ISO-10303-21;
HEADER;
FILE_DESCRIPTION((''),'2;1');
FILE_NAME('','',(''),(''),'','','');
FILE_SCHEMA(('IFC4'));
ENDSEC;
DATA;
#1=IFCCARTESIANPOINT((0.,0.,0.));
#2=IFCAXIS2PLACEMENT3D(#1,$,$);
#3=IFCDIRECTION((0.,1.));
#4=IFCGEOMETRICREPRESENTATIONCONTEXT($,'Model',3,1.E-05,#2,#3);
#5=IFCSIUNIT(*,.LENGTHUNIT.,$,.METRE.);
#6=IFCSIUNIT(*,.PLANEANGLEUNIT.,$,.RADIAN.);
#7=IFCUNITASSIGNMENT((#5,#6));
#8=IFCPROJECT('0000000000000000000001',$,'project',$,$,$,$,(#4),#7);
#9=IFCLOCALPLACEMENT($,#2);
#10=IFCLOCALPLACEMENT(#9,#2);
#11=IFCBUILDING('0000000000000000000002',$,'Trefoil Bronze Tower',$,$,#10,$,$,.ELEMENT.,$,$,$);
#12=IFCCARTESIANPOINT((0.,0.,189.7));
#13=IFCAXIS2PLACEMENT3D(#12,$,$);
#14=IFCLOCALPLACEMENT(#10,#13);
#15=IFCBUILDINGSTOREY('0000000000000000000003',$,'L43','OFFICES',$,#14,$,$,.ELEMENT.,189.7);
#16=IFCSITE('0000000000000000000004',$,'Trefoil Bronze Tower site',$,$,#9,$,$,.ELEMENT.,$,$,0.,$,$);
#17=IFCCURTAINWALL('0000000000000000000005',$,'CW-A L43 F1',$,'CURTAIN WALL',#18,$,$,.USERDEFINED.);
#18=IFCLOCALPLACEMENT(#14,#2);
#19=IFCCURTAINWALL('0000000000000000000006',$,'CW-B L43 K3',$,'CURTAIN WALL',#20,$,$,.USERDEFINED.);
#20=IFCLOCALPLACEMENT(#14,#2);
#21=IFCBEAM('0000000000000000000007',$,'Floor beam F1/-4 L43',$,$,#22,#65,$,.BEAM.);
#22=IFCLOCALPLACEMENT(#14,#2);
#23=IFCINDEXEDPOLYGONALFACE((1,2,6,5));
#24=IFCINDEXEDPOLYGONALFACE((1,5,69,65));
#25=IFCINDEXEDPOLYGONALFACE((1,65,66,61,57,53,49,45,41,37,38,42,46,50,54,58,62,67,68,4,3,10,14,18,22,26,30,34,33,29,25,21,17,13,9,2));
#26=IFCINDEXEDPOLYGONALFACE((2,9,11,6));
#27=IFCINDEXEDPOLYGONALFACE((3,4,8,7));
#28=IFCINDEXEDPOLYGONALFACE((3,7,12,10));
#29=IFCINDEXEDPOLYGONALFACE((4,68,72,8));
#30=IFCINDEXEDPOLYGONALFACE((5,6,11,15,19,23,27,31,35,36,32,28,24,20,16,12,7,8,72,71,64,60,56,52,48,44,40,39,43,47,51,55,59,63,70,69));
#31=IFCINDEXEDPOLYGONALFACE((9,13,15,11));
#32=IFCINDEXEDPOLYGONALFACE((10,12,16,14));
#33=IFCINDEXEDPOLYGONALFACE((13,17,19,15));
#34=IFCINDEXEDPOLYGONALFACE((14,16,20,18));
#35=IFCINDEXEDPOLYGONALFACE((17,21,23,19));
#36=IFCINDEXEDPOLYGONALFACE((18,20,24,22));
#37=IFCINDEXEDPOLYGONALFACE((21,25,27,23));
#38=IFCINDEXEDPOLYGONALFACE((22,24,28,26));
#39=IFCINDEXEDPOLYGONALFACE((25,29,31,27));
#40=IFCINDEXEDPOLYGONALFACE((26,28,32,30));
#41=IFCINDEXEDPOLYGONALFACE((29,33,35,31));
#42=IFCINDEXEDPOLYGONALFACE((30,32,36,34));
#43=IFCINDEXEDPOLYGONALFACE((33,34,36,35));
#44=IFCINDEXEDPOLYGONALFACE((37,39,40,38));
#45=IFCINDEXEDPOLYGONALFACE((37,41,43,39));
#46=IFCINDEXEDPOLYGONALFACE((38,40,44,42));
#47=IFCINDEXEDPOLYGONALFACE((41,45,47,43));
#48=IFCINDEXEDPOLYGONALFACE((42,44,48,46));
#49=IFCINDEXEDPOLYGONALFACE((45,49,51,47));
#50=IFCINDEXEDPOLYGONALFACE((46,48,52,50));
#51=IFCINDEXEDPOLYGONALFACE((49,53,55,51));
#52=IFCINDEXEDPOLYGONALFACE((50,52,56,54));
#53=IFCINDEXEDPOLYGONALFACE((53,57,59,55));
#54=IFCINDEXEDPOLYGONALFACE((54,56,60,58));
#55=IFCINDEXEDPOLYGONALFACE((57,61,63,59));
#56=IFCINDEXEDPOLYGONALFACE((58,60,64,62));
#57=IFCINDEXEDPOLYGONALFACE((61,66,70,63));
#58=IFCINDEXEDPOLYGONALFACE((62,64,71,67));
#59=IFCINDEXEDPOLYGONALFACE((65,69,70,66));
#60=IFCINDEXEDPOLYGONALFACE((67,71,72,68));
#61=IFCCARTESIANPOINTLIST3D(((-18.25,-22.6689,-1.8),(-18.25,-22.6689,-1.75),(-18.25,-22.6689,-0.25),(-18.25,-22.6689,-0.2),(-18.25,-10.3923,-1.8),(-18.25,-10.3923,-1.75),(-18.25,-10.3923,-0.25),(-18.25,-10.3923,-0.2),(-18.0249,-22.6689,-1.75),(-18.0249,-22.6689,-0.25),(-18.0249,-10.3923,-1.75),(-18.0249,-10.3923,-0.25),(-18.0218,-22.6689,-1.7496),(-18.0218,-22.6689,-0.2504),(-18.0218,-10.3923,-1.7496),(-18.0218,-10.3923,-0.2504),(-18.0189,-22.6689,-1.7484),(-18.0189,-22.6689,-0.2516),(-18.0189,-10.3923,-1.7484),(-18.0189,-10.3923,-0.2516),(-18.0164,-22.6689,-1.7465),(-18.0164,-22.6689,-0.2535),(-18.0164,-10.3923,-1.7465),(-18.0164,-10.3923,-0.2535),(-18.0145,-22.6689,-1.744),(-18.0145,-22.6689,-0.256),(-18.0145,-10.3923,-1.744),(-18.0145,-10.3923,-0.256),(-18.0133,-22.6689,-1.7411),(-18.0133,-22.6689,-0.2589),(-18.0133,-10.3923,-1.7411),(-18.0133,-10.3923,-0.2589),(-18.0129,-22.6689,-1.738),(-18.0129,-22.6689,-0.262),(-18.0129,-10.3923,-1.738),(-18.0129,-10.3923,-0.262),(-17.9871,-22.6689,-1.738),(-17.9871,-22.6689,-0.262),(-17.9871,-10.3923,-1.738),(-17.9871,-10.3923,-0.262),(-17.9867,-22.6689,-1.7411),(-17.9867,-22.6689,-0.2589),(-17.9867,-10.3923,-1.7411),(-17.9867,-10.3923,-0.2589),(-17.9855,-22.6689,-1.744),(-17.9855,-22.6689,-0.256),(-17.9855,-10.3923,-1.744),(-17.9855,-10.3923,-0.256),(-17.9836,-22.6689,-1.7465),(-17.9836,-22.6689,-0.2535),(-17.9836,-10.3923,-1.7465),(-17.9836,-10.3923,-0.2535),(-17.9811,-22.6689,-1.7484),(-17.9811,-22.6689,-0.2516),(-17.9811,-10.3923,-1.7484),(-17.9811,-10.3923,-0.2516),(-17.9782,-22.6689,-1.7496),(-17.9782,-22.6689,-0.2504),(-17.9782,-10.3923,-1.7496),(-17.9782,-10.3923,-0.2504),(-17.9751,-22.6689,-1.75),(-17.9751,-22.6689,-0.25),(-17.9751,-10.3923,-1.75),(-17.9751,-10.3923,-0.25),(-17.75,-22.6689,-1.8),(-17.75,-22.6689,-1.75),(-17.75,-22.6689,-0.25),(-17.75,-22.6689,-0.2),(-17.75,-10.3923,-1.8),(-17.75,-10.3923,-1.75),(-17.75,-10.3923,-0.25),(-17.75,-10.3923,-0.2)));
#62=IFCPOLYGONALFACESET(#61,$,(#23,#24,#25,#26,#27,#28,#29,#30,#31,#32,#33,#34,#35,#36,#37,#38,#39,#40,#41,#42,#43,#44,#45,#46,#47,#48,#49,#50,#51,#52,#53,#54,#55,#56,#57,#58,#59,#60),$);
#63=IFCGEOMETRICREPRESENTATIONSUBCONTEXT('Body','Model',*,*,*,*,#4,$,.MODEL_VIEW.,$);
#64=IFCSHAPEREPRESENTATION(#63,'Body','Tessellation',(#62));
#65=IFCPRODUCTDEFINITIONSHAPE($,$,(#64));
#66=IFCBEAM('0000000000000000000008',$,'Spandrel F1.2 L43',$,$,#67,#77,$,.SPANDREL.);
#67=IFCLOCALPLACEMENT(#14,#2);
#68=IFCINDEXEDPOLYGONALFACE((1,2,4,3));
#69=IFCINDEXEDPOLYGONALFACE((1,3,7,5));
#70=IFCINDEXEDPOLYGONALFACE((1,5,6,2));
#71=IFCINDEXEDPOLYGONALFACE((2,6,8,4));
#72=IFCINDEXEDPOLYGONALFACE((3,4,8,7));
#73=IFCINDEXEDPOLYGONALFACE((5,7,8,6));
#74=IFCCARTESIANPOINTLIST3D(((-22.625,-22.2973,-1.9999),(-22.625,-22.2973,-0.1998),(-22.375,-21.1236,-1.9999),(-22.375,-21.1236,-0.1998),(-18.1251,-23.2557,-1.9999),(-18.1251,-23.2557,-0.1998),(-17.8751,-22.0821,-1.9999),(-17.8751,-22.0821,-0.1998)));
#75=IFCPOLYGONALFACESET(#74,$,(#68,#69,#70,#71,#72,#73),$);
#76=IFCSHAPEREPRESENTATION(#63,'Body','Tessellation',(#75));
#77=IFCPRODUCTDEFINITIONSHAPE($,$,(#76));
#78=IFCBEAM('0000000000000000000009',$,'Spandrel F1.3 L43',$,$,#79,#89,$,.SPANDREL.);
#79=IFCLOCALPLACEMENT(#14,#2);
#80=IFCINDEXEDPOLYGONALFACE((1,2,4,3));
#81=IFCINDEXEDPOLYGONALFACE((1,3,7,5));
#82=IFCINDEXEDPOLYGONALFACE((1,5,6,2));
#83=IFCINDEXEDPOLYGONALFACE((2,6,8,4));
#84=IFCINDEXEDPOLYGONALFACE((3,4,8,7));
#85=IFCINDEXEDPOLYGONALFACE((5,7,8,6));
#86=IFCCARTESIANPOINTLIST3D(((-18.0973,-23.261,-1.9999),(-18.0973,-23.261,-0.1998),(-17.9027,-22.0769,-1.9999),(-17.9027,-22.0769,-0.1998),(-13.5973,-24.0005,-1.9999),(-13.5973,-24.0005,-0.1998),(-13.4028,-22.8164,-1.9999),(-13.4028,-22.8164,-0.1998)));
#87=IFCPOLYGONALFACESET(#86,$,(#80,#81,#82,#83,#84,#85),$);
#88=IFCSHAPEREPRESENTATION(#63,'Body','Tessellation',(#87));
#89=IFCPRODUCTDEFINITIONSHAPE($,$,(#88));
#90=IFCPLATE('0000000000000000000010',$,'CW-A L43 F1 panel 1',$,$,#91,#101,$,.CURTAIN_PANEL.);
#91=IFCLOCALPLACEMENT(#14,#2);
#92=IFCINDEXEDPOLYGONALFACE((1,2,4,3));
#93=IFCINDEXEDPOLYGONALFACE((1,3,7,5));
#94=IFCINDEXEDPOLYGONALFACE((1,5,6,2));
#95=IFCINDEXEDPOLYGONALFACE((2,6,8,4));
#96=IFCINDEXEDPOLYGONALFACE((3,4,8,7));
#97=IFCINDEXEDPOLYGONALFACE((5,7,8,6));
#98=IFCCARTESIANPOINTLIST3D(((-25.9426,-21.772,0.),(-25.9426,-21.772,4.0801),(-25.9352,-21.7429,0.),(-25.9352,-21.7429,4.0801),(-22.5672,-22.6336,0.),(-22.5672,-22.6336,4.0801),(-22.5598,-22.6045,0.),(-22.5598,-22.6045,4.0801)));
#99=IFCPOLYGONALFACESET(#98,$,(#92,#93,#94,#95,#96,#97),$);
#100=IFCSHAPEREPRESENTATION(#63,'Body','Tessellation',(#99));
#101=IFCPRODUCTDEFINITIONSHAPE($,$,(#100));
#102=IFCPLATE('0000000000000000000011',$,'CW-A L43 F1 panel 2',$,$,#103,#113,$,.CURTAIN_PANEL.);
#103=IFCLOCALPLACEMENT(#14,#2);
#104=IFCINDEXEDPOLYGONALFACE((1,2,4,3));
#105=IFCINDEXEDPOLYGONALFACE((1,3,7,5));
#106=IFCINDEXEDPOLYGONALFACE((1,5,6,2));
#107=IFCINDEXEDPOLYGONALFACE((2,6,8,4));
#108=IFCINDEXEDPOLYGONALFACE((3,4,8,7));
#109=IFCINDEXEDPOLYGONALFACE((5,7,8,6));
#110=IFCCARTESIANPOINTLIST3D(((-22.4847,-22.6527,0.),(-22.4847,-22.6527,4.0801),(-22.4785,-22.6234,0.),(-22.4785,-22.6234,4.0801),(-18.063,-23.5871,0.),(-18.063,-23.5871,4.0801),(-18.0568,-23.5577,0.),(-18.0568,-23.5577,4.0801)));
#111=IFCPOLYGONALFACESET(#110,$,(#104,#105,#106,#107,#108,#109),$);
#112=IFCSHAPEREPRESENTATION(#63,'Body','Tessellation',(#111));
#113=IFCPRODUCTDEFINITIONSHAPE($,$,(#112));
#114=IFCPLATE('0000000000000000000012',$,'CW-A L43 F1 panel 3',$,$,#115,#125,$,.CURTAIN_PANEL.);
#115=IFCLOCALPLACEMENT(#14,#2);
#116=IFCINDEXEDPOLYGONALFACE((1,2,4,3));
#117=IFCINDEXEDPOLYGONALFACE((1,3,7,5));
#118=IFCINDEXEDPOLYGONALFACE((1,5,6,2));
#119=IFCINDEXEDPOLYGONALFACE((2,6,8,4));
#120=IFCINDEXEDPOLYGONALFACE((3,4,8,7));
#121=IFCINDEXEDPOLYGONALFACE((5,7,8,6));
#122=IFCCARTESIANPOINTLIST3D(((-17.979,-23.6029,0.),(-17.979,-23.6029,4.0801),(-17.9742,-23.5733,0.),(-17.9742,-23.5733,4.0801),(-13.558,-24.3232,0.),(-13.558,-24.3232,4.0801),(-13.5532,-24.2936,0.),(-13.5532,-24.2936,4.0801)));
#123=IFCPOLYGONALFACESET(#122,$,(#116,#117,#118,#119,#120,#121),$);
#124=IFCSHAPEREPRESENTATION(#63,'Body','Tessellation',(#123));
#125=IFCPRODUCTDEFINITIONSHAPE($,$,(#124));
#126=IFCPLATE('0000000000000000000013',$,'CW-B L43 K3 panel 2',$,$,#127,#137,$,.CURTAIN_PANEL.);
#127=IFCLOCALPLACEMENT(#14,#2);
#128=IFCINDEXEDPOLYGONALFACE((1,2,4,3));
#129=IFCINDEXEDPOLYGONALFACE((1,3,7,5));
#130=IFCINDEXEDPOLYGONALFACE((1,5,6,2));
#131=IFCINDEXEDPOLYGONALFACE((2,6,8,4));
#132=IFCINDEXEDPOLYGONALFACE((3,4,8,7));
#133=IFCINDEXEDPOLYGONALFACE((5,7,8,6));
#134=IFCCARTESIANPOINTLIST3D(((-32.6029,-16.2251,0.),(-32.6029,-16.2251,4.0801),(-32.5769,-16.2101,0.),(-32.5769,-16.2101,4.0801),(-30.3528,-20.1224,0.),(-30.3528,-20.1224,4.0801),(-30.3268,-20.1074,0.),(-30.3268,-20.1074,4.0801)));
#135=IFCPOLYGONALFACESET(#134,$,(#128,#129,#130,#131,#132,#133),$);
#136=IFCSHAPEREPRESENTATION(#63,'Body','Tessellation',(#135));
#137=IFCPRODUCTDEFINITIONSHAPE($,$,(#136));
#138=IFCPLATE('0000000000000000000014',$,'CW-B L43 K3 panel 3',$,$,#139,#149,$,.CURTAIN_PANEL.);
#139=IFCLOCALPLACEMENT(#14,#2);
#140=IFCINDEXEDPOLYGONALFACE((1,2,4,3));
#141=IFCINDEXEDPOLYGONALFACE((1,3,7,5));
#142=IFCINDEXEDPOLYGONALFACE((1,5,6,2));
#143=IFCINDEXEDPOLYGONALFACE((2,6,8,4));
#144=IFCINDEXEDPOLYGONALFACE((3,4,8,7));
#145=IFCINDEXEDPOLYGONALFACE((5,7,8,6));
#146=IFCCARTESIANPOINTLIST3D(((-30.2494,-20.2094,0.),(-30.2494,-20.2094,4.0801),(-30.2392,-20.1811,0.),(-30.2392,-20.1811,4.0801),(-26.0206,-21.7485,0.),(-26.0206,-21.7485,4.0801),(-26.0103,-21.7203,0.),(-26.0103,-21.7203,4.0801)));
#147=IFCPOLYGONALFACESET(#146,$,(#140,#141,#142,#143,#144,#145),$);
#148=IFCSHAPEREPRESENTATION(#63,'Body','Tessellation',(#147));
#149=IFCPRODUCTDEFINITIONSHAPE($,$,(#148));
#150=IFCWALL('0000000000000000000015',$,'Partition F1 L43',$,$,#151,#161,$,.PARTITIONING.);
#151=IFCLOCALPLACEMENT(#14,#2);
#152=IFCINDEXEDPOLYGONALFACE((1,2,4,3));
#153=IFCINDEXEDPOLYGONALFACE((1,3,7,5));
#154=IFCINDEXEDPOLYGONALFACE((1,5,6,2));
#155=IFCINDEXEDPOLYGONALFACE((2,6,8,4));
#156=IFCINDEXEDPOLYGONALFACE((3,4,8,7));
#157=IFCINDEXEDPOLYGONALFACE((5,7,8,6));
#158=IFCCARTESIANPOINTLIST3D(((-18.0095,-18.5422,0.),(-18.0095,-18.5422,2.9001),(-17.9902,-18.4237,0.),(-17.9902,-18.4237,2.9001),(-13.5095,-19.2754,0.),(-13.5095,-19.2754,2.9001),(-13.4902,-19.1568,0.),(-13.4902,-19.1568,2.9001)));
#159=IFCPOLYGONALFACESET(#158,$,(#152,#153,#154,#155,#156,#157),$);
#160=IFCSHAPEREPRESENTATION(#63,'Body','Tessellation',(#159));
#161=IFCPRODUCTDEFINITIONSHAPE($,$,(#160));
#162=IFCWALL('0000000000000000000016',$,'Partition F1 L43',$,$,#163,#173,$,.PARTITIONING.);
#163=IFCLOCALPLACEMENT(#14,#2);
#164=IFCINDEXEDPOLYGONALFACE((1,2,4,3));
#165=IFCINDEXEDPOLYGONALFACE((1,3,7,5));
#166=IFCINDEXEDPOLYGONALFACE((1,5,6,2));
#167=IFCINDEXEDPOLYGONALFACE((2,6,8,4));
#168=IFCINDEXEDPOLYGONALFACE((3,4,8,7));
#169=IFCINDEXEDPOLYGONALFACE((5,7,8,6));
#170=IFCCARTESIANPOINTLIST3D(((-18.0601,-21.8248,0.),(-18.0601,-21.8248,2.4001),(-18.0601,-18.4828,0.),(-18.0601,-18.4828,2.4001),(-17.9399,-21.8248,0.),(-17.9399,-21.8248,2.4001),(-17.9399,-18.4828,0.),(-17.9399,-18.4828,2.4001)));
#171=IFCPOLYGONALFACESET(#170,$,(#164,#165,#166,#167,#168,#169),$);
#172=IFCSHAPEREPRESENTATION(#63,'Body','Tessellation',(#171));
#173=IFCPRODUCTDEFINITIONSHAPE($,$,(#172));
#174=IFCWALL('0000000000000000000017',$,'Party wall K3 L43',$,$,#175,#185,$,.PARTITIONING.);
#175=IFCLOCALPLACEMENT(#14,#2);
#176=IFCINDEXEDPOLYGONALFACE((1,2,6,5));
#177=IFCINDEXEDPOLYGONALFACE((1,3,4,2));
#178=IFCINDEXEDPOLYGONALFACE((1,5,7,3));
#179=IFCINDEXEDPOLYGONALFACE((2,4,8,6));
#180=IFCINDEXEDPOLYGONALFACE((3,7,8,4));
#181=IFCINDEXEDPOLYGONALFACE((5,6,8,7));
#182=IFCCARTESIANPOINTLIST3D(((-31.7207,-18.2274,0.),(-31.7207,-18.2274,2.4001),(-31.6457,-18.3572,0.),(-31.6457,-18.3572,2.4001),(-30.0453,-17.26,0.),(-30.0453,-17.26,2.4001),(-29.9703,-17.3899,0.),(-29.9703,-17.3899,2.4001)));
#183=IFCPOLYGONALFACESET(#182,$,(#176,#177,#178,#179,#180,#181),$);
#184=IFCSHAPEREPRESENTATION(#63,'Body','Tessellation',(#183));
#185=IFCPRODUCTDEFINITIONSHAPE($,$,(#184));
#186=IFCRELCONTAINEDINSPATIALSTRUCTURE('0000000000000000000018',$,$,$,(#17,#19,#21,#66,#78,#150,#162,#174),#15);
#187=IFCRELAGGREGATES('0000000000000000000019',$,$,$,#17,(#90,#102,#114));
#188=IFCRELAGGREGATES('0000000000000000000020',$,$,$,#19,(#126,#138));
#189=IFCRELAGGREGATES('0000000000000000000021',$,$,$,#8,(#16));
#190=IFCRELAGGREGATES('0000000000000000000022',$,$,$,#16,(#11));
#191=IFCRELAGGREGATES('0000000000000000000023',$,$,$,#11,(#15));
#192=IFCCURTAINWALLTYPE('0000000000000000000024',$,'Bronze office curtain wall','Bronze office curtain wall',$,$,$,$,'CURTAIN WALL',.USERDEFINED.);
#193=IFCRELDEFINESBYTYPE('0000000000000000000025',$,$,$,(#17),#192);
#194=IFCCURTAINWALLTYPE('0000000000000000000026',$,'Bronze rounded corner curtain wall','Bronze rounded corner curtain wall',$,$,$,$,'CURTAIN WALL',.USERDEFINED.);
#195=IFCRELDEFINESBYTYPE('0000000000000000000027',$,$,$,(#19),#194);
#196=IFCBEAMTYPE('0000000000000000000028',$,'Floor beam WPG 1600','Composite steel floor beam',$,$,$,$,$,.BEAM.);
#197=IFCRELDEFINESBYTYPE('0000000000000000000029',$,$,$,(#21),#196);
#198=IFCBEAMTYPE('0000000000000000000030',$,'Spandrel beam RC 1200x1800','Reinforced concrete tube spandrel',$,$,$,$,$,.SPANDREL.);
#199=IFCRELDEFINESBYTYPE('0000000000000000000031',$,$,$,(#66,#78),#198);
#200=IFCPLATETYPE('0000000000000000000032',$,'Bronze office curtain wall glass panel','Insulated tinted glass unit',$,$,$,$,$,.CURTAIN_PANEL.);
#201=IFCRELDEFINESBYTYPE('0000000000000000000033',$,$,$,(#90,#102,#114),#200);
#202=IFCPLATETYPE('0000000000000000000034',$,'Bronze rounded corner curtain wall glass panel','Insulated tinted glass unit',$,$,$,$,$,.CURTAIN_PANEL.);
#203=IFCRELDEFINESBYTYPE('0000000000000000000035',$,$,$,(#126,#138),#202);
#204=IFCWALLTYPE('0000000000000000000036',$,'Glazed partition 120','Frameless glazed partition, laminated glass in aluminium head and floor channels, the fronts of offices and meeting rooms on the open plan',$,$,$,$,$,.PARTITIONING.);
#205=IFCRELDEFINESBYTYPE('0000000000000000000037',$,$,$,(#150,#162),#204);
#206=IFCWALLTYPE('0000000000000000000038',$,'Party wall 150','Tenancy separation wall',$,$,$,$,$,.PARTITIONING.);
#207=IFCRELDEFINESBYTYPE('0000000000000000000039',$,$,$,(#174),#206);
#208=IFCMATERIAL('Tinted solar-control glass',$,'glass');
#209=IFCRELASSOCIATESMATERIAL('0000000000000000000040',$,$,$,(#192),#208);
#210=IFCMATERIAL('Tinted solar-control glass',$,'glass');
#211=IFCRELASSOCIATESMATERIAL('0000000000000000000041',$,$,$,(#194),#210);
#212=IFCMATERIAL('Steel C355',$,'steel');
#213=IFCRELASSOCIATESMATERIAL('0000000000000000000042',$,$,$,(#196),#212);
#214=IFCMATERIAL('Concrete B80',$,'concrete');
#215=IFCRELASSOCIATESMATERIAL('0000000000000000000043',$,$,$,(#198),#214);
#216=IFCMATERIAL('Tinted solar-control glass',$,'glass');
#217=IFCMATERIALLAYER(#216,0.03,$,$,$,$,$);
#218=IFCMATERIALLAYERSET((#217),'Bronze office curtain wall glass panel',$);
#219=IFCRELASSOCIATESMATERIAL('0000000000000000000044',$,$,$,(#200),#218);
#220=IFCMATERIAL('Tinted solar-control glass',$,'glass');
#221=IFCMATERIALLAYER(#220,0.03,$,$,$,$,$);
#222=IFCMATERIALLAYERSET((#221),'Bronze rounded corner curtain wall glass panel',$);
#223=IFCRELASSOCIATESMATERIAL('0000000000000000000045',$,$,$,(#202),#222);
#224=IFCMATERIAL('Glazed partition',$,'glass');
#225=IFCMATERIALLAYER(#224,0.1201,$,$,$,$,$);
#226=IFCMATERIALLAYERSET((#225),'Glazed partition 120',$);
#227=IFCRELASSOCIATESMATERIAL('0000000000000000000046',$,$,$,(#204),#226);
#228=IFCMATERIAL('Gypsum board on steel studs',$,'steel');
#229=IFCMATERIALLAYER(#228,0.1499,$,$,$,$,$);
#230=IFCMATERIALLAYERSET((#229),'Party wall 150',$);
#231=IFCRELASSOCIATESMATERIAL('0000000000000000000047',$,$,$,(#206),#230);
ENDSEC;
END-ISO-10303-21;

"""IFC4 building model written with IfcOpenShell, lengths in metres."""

from ifc_helpers import new_model, si_unit, direction, frame, frame_2d, origin, origin_2d, place, context, subcontext, project, spatial, rectangle, i_section, extrude, material, layer, layer_set, material_profile, profile_set, type_object, element, aggregate, save


model = new_model("IFC4")

# Units and contexts
model_context = context("Model", 3, precision=1e-05, world=origin(), true_north=direction((0.0, 1.0)))
body_context = subcontext(model_context, "Body", "Model", "MODEL_VIEW")
ifc_project = project(units=[si_unit("LENGTHUNIT", "METRE"), si_unit("PLANEANGLEUNIT", "RADIAN")], contexts=[model_context])

# Site, building, storey
site_placement = place(None, origin())
site = spatial("IfcSite", under=ifc_project, at=site_placement, Name="Trefoil Bronze Tower site", CompositionType="ELEMENT", RefElevation=0.0)
building_placement = place(site_placement, origin())
building = spatial("IfcBuilding", under=site, at=building_placement, Name="Trefoil Bronze Tower", CompositionType="ELEMENT")
storey_placement = place(building_placement, frame((0.0, 0.0, 189.7)))
storey = spatial("IfcBuildingStorey", under=building, at=storey_placement, Name="L43", Description="OFFICES", CompositionType="ELEMENT", Elevation=189.7)

# Curtain walls
ifc_material_1 = material(Name="Tinted solar-control glass", Category="glass")
curtain_wall_type_1 = type_object("IfcCurtainWallType", Name="Bronze office curtain wall", Description="Bronze office curtain wall", ElementType="CURTAIN WALL", PredefinedType="USERDEFINED", material=ifc_material_1)
curtain_wall_1_placement = place(storey_placement, origin())
curtain_wall_1 = element("IfcCurtainWall", 1, at=curtain_wall_1_placement, inside=storey, type_object=curtain_wall_type_1, Name="CW-A L43 F1", ObjectType="CURTAIN WALL", PredefinedType="USERDEFINED")
ifc_material_2 = material(Name="Tinted solar-control glass", Category="glass")
curtain_wall_type_2 = type_object("IfcCurtainWallType", Name="Bronze rounded corner curtain wall", Description="Bronze rounded corner curtain wall", ElementType="CURTAIN WALL", PredefinedType="USERDEFINED", material=ifc_material_2)
curtain_wall_2_placement = place(storey_placement, origin())
curtain_wall_2 = element("IfcCurtainWall", 2, at=curtain_wall_2_placement, inside=storey, type_object=curtain_wall_type_2, Name="CW-B L43 K3", ObjectType="CURTAIN WALL", PredefinedType="USERDEFINED")

# Beams
ifc_material_3 = material(Name="Steel C355", Category="steel")
ifc_material_profile_1 = material_profile(ifc_material_3, i_section(OverallWidth=0.5, OverallDepth=1.6001, WebThickness=0.0259, FlangeThickness=0.05, FilletRadius=0.012, at=origin_2d()), Name="WPG 1600")
ifc_profile_set_1 = profile_set([ifc_material_profile_1], Name="Steel C355")
beam_type_1 = type_object("IfcBeamType", Name="Floor beam WPG 1600", Description="Composite steel floor beam", PredefinedType="BEAM", material=ifc_profile_set_1)
beam_1_placement = place(storey_placement, frame((-18.0, -22.6689, -1.0), z_axis=(0.0, 1.0, 0.0), x_axis=(-1.0, 0.0, 0.0)))
element("IfcBeam", 3, at=beam_1_placement, inside=storey, type_object=beam_type_1, Name="Floor beam F1/-4 L43", PredefinedType="BEAM", context=body_context, shape_type="SweptSolid", body=[
    extrude(i_section(OverallWidth=0.5, OverallDepth=1.6001, WebThickness=0.0259, FlangeThickness=0.05, FilletRadius=0.012, at=origin_2d()), origin(), (0.0, 0.0, 1.0), 12.2766),
])
ifc_material_4 = material(Name="Concrete B80", Category="concrete")
ifc_material_profile_2 = material_profile(ifc_material_4, rectangle(XDim=1.2, YDim=1.8, at=origin_2d()), Name="RC 1200x1800")
ifc_profile_set_2 = profile_set([ifc_material_profile_2], Name="Concrete B80")
beam_type_2 = type_object("IfcBeamType", Name="Spandrel beam RC 1200x1800", Description="Reinforced concrete tube spandrel", PredefinedType="SPANDREL", material=ifc_profile_set_2)
beam_2_placement = place(storey_placement, frame((-22.5, -21.7104, -1.0999), z_axis=(0.978059, -0.208326, 0.0), x_axis=(0.208326, 0.978059, 0.0)))
element("IfcBeam", 4, at=beam_2_placement, inside=storey, type_object=beam_type_2, Name="Spandrel F1.2 L43", PredefinedType="SPANDREL", context=body_context, shape_type="SweptSolid", body=[
    extrude(rectangle(XDim=1.2, YDim=1.8, at=origin_2d()), origin(), (0.0, 0.0, 1.0), 4.6008),
])
beam_3_placement = place(storey_placement, frame((-18.0, -22.6689, -1.0999), z_axis=(0.986765, -0.162159, 0.0), x_axis=(0.162159, 0.986765, 0.0)))
element("IfcBeam", 5, at=beam_3_placement, inside=storey, type_object=beam_type_2, Name="Spandrel F1.3 L43", PredefinedType="SPANDREL", context=body_context, shape_type="SweptSolid", body=[
    extrude(rectangle(XDim=1.2, YDim=1.8, at=origin_2d()), origin(), (0.0, 0.0, 1.0), 4.5603),
])

# Plates
ifc_material_5 = material(Name="Tinted solar-control glass", Category="glass")
ifc_layer_1 = layer(ifc_material_5, 0.03)
ifc_layer_set_1 = layer_set([ifc_layer_1], Name="Bronze office curtain wall glass panel")
plate_type_1 = type_object("IfcPlateType", Name="Bronze office curtain wall glass panel", Description="Insulated tinted glass unit", PredefinedType="CURTAIN_PANEL", material=ifc_layer_set_1)
plate_1_placement = place(storey_placement, frame((-24.2512, -22.1882, 0.0), z_axis=(0.0, 0.0, 1.0), x_axis=(0.968934, -0.247319, 0.0)))
plate_1 = element("IfcPlate", 6, at=plate_1_placement, type_object=plate_type_1, Name="CW-A L43 F1 panel 1", PredefinedType="CURTAIN_PANEL", context=body_context, shape_type="SweptSolid", body=[
    extrude(rectangle(XDim=3.4836, YDim=0.03, at=origin_2d()), origin(), (0.0, 0.0, 1.0), 4.0801),
])
plate_2_placement = place(storey_placement, frame((-20.2708, -23.1052, 0.0), z_axis=(0.0, 0.0, 1.0), x_axis=(0.978394, -0.206747, 0.0)))
plate_2 = element("IfcPlate", 7, at=plate_2_placement, type_object=plate_type_1, Name="CW-A L43 F1 panel 2", PredefinedType="CURTAIN_PANEL", context=body_context, shape_type="SweptSolid", body=[
    extrude(rectangle(XDim=4.5193, YDim=0.03, at=origin_2d()), origin(), (0.0, 0.0, 1.0), 4.0801),
])
plate_3_placement = place(storey_placement, frame((-15.7661, -23.9482, 0.0), z_axis=(0.0, 0.0, 1.0), x_axis=(0.986987, -0.160803, 0.0)))
plate_3 = element("IfcPlate", 8, at=plate_3_placement, type_object=plate_type_1, Name="CW-A L43 F1 panel 3", PredefinedType="CURTAIN_PANEL", context=body_context, shape_type="SweptSolid", body=[
    extrude(rectangle(XDim=4.4792, YDim=0.03, at=origin_2d()), origin(), (0.0, 0.0, 1.0), 4.0801),
])
aggregate(curtain_wall_1, [plate_1, plate_2, plate_3])
ifc_material_6 = material(Name="Tinted solar-control glass", Category="glass")
ifc_layer_2 = layer(ifc_material_6, 0.03)
ifc_layer_set_2 = layer_set([ifc_layer_2], Name="Bronze rounded corner curtain wall glass panel")
plate_type_2 = type_object("IfcPlateType", Name="Bronze rounded corner curtain wall glass panel", Description="Insulated tinted glass unit", PredefinedType="CURTAIN_PANEL", material=ifc_layer_set_2)
plate_4_placement = place(storey_placement, frame((-31.4648, -18.1663, 0.0), z_axis=(0.0, 0.0, 1.0), x_axis=(0.5, -0.866025, 0.0)))
plate_4 = element("IfcPlate", 9, at=plate_4_placement, type_object=plate_type_2, Name="CW-B L43 K3 panel 2", PredefinedType="CURTAIN_PANEL", context=body_context, shape_type="SweptSolid", body=[
    extrude(rectangle(XDim=4.5002, YDim=0.03, at=origin_2d()), origin(), (0.0, 0.0, 1.0), 4.0801),
])
plate_5_placement = place(storey_placement, frame((-28.1299, -20.9648, 0.0), z_axis=(0.0, 0.0, 1.0), x_axis=(0.939693, -0.34202, 0.0)))
plate_5 = element("IfcPlate", 10, at=plate_5_placement, type_object=plate_type_2, Name="CW-B L43 K3 panel 3", PredefinedType="CURTAIN_PANEL", context=body_context, shape_type="SweptSolid", body=[
    extrude(rectangle(XDim=4.5002, YDim=0.03, at=origin_2d()), origin(), (0.0, 0.0, 1.0), 4.0801),
])
aggregate(curtain_wall_2, [plate_4, plate_5])

# Walls
ifc_material_7 = material(Name="Glazed partition", Category="glass")
ifc_layer_3 = layer(ifc_material_7, 0.1201)
ifc_layer_set_3 = layer_set([ifc_layer_3], Name="Glazed partition 120")
wall_type_1 = type_object("IfcWallType", Name="Glazed partition 120", Description="Frameless glazed partition, laminated glass in aluminium head and floor channels, the fronts of offices and meeting rooms on the open plan", PredefinedType="PARTITIONING", material=ifc_layer_set_3)
wall_1_placement = place(storey_placement, frame((-18.0, -18.4829, 0.0), z_axis=(0.0, 0.0, 1.0), x_axis=(0.986987, -0.160803, 0.0)))
element("IfcWall", 11, at=wall_1_placement, inside=storey, type_object=wall_type_1, Name="Partition F1 L43", PredefinedType="PARTITIONING", context=body_context, shape_type="SweptSolid", body=[
    extrude(rectangle(XDim=4.5593, YDim=0.1201, at=frame_2d((2.2798, 0.0))), origin(), (0.0, 0.0, 1.0), 2.9001),
])
wall_2_placement = place(storey_placement, frame((-18.0, -18.4829, 0.0), z_axis=(0.0, 0.0, 1.0), x_axis=(0.0, -1.0, 0.0)))
element("IfcWall", 12, at=wall_2_placement, inside=storey, type_object=wall_type_1, Name="Partition F1 L43", PredefinedType="PARTITIONING", context=body_context, shape_type="SweptSolid", body=[
    extrude(rectangle(XDim=3.342, YDim=0.1201, at=frame_2d((1.6709, 0.0))), origin(), (0.0, 0.0, 1.0), 2.4001),
])
ifc_material_8 = material(Name="Gypsum board on steel studs", Category="steel")
ifc_layer_4 = layer(ifc_material_8, 0.1499)
ifc_layer_set_4 = layer_set([ifc_layer_4], Name="Party wall 150")
wall_type_2 = type_object("IfcWallType", Name="Party wall 150", Description="Tenancy separation wall", PredefinedType="PARTITIONING", material=ifc_layer_set_4)
wall_3_placement = place(storey_placement, frame((-30.0078, -17.325, 0.0), z_axis=(0.0, 0.0, 1.0), x_axis=(-0.866013, -0.500021, 0.0)))
element("IfcWall", 13, at=wall_3_placement, inside=storey, type_object=wall_type_2, Name="Party wall K3 L43", PredefinedType="PARTITIONING", context=body_context, shape_type="SweptSolid", body=[
    extrude(rectangle(XDim=1.9346, YDim=0.1499, at=frame_2d((0.9673, 0.0))), origin(), (0.0, 0.0, 1.0), 2.4001),
])

save(model, "model.ifc")
